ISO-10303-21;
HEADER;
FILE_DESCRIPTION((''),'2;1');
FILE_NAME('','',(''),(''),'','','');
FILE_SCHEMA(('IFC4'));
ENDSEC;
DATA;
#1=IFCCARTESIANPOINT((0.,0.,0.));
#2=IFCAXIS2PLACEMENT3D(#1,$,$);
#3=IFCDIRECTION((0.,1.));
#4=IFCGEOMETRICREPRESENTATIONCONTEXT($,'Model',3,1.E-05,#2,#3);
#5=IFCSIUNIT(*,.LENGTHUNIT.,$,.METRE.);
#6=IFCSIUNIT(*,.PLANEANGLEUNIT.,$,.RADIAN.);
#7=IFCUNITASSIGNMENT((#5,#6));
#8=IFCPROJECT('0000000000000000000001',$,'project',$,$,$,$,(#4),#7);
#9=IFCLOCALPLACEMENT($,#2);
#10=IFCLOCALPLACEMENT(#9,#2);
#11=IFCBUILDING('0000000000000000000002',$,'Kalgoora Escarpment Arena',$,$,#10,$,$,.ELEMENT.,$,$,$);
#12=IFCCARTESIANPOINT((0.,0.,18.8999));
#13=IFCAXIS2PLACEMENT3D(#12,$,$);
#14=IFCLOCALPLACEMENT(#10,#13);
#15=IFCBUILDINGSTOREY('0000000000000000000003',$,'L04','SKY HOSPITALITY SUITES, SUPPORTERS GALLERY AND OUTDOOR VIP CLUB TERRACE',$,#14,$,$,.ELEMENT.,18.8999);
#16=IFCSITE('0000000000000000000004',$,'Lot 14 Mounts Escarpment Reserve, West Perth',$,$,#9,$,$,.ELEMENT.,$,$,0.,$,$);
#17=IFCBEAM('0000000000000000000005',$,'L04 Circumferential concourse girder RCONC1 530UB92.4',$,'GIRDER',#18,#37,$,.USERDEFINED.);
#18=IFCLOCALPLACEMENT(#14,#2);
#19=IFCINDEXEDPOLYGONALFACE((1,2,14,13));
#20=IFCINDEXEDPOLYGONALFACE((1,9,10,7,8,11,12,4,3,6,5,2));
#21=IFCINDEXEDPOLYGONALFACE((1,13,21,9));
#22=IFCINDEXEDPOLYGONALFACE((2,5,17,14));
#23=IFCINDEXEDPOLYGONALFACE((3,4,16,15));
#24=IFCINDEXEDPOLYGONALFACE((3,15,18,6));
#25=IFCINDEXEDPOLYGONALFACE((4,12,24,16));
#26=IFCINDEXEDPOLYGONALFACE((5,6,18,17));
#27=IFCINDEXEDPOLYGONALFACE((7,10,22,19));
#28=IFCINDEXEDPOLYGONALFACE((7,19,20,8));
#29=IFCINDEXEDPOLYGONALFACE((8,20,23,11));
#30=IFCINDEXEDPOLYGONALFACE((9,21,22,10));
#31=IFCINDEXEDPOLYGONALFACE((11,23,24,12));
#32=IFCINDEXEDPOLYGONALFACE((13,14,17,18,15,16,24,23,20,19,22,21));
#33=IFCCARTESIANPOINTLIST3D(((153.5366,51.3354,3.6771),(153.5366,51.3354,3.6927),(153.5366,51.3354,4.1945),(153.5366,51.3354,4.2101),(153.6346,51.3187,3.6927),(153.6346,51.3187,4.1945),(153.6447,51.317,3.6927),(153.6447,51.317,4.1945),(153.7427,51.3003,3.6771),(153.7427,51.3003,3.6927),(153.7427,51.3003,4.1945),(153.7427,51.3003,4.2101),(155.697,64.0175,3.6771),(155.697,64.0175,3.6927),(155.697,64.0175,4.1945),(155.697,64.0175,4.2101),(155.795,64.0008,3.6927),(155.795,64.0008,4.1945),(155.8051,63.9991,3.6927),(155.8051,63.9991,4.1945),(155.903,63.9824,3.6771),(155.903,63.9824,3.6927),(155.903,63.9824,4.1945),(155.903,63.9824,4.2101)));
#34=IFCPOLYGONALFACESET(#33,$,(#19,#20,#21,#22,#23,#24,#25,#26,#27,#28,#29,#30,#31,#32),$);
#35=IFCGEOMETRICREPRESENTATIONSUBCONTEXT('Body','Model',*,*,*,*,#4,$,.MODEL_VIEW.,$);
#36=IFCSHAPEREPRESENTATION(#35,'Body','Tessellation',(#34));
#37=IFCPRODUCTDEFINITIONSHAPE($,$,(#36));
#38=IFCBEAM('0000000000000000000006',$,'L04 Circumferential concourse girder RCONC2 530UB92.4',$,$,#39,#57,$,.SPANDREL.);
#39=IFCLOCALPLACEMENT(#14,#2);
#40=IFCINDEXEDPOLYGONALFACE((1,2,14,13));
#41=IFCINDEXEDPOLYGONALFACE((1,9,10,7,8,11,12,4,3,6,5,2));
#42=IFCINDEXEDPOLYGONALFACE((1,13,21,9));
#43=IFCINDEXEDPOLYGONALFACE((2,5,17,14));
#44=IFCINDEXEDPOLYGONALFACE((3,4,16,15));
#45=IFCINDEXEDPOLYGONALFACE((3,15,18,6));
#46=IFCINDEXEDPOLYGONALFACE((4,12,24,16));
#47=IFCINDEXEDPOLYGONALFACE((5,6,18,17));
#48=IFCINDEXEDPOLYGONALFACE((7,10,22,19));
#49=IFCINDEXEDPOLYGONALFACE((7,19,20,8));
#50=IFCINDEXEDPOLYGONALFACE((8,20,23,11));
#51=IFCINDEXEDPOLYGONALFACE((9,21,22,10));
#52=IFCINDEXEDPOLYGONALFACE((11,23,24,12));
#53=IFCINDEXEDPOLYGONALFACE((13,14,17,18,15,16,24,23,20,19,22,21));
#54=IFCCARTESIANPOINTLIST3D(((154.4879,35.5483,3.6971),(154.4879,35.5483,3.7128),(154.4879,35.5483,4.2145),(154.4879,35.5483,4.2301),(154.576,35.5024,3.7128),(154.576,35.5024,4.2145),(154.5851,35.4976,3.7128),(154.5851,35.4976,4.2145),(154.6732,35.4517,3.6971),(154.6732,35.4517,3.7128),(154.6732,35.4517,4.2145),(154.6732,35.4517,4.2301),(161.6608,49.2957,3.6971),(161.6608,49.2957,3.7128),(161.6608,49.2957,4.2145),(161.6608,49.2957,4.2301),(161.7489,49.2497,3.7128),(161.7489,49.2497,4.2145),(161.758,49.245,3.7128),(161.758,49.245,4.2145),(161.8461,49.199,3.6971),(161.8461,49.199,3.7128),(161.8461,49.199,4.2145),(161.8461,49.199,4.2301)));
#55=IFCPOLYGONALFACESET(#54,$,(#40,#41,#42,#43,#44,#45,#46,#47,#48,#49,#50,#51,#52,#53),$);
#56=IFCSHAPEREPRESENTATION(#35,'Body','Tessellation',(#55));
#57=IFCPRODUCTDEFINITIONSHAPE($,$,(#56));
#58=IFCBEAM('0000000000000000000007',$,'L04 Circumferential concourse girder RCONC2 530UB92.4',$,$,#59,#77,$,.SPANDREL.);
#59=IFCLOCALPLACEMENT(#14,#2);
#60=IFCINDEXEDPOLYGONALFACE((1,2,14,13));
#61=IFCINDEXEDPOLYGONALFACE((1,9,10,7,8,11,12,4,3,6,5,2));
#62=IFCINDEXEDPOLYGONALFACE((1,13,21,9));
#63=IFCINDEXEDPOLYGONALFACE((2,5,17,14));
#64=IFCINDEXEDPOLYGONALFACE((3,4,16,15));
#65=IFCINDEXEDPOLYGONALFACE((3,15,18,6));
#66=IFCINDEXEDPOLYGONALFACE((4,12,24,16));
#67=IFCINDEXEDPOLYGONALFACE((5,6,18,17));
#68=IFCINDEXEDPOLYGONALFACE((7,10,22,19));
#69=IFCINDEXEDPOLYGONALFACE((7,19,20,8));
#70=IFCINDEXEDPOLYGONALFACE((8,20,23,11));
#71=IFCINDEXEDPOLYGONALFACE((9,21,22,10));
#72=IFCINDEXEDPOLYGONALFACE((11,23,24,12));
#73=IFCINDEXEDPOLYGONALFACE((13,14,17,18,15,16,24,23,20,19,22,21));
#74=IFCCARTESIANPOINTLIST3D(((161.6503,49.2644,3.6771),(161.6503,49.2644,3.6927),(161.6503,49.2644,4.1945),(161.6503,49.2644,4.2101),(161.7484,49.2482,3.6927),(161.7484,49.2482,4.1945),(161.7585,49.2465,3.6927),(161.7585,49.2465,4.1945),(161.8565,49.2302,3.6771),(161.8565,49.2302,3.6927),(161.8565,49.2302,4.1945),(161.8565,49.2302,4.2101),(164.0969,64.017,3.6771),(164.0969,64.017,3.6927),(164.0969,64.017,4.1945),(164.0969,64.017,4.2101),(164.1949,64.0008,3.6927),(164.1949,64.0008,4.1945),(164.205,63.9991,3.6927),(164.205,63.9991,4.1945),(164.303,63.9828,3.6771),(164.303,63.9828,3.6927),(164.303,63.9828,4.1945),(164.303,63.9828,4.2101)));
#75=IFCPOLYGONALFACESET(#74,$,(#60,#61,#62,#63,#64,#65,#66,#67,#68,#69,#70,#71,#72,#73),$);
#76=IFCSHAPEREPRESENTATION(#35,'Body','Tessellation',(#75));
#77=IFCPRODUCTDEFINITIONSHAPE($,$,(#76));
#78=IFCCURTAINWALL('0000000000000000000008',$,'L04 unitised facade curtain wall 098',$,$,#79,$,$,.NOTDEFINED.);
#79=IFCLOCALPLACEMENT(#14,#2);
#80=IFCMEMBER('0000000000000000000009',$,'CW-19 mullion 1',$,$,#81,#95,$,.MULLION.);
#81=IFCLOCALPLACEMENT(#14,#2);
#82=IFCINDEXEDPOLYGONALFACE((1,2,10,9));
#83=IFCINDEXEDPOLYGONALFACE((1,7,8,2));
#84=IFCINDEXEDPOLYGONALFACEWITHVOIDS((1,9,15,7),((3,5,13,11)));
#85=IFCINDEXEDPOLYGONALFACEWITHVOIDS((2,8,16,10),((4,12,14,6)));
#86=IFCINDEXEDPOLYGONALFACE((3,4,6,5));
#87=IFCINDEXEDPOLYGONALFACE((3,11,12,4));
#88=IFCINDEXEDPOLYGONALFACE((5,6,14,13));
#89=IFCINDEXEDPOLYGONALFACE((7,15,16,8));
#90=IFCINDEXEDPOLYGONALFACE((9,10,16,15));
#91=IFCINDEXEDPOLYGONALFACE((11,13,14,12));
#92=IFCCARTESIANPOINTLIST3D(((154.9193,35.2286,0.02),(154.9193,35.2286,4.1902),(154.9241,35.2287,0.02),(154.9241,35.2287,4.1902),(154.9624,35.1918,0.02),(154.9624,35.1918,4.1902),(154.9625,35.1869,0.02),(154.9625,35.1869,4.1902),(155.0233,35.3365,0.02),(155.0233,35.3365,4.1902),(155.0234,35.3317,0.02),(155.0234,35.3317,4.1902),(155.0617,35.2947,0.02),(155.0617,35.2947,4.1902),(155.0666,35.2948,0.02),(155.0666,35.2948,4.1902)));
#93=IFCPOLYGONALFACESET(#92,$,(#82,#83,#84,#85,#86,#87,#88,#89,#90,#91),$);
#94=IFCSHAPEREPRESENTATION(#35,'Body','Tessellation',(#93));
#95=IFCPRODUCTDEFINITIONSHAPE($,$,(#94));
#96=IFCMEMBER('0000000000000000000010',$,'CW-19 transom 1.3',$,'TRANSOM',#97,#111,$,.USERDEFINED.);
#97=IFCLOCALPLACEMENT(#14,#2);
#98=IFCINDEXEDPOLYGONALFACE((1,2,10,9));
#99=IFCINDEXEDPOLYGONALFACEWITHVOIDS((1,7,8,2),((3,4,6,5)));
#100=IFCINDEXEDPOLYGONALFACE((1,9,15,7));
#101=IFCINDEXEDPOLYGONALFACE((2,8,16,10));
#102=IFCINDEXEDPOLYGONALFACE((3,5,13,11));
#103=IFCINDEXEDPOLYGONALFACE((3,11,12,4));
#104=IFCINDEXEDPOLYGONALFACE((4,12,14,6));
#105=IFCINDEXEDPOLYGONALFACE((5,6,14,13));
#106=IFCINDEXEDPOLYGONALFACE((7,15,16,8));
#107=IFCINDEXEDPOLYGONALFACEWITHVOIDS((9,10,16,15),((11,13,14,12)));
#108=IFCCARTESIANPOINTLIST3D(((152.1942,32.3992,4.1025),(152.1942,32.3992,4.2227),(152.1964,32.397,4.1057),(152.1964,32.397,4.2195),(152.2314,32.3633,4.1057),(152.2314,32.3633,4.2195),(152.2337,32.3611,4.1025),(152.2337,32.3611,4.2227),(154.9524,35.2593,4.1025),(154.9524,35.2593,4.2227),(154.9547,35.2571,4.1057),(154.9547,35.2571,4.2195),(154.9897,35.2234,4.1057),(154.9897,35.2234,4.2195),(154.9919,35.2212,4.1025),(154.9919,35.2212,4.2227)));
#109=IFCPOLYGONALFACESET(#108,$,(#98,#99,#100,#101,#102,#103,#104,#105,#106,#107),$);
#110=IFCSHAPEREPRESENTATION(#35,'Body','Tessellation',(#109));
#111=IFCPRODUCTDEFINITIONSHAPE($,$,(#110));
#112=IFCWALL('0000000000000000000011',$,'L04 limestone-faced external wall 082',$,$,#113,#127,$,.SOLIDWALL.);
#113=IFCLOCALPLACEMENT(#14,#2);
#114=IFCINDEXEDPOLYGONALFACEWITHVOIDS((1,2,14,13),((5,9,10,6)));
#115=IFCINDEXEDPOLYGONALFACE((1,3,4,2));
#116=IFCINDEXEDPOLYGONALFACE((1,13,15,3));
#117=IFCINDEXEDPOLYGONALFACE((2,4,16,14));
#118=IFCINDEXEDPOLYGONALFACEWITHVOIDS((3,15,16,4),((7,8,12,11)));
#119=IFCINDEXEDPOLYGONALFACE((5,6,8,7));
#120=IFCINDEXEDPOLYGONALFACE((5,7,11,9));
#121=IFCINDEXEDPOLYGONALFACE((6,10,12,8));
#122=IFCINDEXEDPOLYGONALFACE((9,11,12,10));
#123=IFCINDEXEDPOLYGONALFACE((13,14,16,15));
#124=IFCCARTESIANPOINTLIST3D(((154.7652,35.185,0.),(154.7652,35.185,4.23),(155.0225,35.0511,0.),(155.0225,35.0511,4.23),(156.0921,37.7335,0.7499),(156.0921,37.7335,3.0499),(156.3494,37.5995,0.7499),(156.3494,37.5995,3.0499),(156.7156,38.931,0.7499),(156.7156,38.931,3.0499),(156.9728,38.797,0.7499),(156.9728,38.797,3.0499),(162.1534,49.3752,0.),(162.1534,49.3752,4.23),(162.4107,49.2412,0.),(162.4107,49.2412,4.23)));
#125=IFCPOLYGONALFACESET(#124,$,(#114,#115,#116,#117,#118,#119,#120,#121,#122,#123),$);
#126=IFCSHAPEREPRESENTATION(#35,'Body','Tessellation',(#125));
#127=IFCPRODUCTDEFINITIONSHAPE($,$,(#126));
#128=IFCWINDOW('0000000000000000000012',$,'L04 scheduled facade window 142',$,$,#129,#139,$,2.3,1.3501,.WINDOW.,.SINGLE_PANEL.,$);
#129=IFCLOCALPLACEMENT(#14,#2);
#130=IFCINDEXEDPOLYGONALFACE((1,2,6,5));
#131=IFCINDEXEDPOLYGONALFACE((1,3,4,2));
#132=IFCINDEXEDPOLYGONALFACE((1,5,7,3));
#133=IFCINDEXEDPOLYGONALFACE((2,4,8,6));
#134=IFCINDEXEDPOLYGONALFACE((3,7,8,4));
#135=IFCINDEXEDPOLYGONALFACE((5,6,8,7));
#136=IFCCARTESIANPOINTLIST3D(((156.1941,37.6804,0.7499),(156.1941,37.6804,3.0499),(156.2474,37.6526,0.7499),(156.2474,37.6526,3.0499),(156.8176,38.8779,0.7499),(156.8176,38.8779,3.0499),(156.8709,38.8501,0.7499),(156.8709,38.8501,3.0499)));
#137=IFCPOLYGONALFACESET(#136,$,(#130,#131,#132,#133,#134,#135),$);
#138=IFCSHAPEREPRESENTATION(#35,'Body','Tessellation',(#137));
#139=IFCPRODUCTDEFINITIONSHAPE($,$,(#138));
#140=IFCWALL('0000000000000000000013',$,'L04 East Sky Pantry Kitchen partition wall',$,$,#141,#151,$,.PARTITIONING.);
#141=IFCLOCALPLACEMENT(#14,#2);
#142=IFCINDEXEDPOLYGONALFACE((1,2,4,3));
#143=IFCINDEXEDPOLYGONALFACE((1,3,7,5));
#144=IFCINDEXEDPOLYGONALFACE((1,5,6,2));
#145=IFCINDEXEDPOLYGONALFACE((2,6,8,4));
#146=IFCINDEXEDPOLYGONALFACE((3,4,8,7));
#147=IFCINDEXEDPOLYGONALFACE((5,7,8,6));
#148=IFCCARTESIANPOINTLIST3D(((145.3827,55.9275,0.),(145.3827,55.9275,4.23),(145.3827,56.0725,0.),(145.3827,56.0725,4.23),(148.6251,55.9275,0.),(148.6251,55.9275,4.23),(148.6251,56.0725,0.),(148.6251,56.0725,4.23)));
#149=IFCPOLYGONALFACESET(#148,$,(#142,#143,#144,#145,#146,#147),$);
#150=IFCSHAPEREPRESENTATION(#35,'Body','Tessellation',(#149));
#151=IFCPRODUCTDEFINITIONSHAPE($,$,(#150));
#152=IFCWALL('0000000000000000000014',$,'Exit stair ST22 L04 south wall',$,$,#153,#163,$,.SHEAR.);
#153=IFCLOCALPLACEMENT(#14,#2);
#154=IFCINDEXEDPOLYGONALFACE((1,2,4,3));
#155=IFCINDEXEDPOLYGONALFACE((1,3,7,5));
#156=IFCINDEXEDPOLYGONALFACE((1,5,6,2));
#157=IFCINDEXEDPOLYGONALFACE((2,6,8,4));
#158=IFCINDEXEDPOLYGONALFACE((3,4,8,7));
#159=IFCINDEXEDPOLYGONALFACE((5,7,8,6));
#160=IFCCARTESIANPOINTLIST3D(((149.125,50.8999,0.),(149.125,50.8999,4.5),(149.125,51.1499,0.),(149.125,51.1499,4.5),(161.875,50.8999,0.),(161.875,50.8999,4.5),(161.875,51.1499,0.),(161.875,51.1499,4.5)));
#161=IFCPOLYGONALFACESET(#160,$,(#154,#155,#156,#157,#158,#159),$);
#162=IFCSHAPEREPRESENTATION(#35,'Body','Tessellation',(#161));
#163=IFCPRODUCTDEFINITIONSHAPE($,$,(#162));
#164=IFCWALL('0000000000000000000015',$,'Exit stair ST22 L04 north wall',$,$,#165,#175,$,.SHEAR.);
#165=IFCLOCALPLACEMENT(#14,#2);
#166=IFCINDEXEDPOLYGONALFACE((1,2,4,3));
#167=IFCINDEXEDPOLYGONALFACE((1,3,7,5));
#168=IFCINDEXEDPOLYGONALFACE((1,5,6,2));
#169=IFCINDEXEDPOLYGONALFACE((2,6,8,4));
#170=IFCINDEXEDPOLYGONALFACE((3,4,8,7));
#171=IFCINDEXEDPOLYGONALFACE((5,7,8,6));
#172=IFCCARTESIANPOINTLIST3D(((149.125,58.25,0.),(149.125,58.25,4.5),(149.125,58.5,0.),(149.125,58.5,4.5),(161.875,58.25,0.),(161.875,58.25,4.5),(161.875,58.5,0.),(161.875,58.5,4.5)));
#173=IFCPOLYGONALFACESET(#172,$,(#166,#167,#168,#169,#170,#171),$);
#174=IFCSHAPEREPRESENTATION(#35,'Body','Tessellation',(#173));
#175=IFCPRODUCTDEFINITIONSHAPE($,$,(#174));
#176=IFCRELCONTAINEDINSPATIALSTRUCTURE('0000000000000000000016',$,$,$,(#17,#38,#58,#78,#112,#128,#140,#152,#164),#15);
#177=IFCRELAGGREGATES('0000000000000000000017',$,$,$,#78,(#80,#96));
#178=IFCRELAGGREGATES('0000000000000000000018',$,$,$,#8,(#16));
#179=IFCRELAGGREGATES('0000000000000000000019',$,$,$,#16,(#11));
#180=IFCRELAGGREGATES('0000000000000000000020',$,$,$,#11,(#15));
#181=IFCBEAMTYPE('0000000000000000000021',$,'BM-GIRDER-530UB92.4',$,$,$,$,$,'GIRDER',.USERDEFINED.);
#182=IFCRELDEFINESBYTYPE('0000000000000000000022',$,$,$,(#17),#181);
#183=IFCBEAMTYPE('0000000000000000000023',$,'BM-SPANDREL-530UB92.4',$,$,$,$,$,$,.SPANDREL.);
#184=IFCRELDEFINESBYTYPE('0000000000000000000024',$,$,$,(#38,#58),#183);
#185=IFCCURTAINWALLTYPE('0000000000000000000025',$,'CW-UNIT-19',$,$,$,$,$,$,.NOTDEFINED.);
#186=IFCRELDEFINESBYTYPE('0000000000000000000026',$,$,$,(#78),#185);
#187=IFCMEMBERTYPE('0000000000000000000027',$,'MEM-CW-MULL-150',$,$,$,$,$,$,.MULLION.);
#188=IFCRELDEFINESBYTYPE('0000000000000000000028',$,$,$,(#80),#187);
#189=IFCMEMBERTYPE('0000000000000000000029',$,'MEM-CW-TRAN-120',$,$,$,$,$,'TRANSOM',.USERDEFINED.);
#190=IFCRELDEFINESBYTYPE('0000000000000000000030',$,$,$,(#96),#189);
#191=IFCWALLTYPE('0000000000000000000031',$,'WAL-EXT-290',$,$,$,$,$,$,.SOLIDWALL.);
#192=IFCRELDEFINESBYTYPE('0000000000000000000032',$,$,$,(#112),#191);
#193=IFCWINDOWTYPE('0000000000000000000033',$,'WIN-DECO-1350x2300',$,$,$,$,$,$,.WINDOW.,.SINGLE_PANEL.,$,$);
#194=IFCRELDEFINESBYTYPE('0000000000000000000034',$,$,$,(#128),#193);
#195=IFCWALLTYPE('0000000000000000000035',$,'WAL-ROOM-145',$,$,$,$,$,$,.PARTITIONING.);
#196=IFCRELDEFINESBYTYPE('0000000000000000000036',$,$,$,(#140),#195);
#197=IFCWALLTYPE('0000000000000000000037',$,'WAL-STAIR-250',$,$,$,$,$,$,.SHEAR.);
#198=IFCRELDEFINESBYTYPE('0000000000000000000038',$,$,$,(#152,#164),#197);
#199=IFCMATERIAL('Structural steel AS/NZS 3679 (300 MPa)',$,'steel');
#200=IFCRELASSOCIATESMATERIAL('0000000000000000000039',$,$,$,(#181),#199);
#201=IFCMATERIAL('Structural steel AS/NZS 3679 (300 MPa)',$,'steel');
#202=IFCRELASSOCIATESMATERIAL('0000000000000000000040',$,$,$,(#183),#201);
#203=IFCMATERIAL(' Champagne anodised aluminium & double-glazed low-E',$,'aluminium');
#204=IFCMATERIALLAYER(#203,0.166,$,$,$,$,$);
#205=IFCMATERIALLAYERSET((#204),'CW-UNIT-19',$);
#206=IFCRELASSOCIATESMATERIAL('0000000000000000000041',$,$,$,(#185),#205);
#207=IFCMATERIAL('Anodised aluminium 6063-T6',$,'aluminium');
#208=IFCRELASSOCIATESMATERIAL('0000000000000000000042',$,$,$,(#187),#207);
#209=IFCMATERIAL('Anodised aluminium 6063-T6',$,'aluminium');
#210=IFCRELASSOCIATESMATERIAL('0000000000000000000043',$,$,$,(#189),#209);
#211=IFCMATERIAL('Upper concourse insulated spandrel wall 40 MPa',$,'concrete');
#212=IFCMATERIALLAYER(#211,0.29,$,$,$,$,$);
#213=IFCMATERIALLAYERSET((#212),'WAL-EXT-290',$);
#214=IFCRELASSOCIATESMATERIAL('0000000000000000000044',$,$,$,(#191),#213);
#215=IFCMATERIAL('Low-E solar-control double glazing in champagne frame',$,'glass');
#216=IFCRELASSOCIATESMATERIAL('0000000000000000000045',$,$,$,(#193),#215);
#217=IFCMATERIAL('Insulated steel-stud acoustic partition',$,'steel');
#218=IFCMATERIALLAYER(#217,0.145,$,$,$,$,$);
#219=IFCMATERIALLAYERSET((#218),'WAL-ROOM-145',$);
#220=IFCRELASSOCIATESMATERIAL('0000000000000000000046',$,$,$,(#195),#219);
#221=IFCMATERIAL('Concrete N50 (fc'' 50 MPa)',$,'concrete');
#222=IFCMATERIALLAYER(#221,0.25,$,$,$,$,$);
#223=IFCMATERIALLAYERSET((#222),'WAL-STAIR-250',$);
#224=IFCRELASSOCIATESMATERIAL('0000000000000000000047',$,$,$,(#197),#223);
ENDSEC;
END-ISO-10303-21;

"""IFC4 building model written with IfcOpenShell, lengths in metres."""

from ifc_helpers import new_model, si_unit, direction, frame, frame_2d, origin, origin_2d, place, context, subcontext, project, spatial, rectangle, hollow_rectangle, i_section, extrude, material, layer, layer_set, material_profile, profile_set, type_object, element, fill, aggregate, save


model = new_model("IFC4")

# Units and contexts
model_context = context("Model", 3, precision=1e-05, world=origin(), true_north=direction((0.0, 1.0)))
body_context = subcontext(model_context, "Body", "Model", "MODEL_VIEW")
ifc_project = project(units=[si_unit("LENGTHUNIT", "METRE"), si_unit("PLANEANGLEUNIT", "RADIAN")], contexts=[model_context])

# Site, building, storey
site_placement = place(None, origin())
site = spatial("IfcSite", under=ifc_project, at=site_placement, Name="Lot 14 Mounts Escarpment Reserve, West Perth", CompositionType="ELEMENT", RefElevation=0.0)
building_placement = place(site_placement, origin())
building = spatial("IfcBuilding", under=site, at=building_placement, Name="Kalgoora Escarpment Arena", CompositionType="ELEMENT")
storey_placement = place(building_placement, frame((0.0, 0.0, 18.8999)))
storey = spatial("IfcBuildingStorey", under=building, at=storey_placement, Name="L04", Description="SKY HOSPITALITY SUITES, SUPPORTERS GALLERY AND OUTDOOR VIP CLUB TERRACE", CompositionType="ELEMENT", Elevation=18.8999)

# Beams
ifc_material_1 = material(Name="Structural steel AS/NZS 3679 (300 MPa)", Category="steel")
ifc_material_profile_1 = material_profile(ifc_material_1, i_section(OverallWidth=0.209, OverallDepth=0.533, WebThickness=0.0103, FlangeThickness=0.0156, at=origin_2d()))
ifc_profile_set_1 = profile_set([ifc_material_profile_1], Name="Structural steel AS/NZS 3679 (300 MPa)")
beam_type_1 = type_object("IfcBeamType", Name="BM-GIRDER-530UB92.4", ElementType="GIRDER", PredefinedType="USERDEFINED", material=ifc_profile_set_1)
beam_1_placement = place(storey_placement, frame((153.6396, 51.3179, 3.9436), z_axis=(0.167931, 0.985799, 0.0), x_axis=(-0.985799, 0.167931, 0.0)))
element("IfcBeam", 1, at=beam_1_placement, inside=storey, type_object=beam_type_1, Name="L04 Circumferential concourse girder RCONC1 530UB92.4", ObjectType="GIRDER", PredefinedType="USERDEFINED", context=body_context, shape_type="SweptSolid", body=[
    extrude(i_section(OverallWidth=0.209, OverallDepth=0.533, WebThickness=0.0103, FlangeThickness=0.0156, at=origin_2d()), origin(), (0.0, 0.0, 1.0), 12.8647),
])
ifc_material_2 = material(Name="Structural steel AS/NZS 3679 (300 MPa)", Category="steel")
ifc_material_profile_2 = material_profile(ifc_material_2, i_section(OverallWidth=0.209, OverallDepth=0.533, WebThickness=0.0103, FlangeThickness=0.0156, at=origin_2d()))
ifc_profile_set_2 = profile_set([ifc_material_profile_2], Name="Structural steel AS/NZS 3679 (300 MPa)")
beam_type_2 = type_object("IfcBeamType", Name="BM-SPANDREL-530UB92.4", PredefinedType="SPANDREL", material=ifc_profile_set_2)
beam_2_placement = place(storey_placement, frame((154.5806, 35.5, 3.9636), z_axis=(0.462583, 0.886576, 0.0), x_axis=(-0.886576, 0.462583, 0.0)))
element("IfcBeam", 2, at=beam_2_placement, inside=storey, type_object=beam_type_2, Name="L04 Circumferential concourse girder RCONC2 530UB92.4", PredefinedType="SPANDREL", context=body_context, shape_type="SweptSolid", body=[
    extrude(i_section(OverallWidth=0.209, OverallDepth=0.533, WebThickness=0.0103, FlangeThickness=0.0156, at=origin_2d()), origin(), (0.0, 0.0, 1.0), 15.5061),
])
beam_3_placement = place(storey_placement, frame((161.7534, 49.2473, 3.9436), z_axis=(0.163602, 0.986526, 0.0), x_axis=(-0.986526, 0.163602, 0.0)))
element("IfcBeam", 3, at=beam_3_placement, inside=storey, type_object=beam_type_2, Name="L04 Circumferential concourse girder RCONC2 530UB92.4", PredefinedType="SPANDREL", context=body_context, shape_type="SweptSolid", body=[
    extrude(i_section(OverallWidth=0.209, OverallDepth=0.533, WebThickness=0.0103, FlangeThickness=0.0156, at=origin_2d()), origin(), (0.0, 0.0, 1.0), 14.9541),
])

# Curtain wall, members
ifc_material_3 = material(Name=" Champagne anodised aluminium & double-glazed low-E", Category="aluminium")
ifc_layer_1 = layer(ifc_material_3, 0.166)
ifc_layer_set_1 = layer_set([ifc_layer_1], Name="CW-UNIT-19")
curtain_wall_type = type_object("IfcCurtainWallType", Name="CW-UNIT-19", PredefinedType="NOTDEFINED", material=ifc_layer_set_1)
curtain_wall_placement = place(storey_placement, origin())
curtain_wall = element("IfcCurtainWall", 4, at=curtain_wall_placement, inside=storey, type_object=curtain_wall_type, Name="L04 unitised facade curtain wall 098", PredefinedType="NOTDEFINED")
ifc_material_4 = material(Name="Anodised aluminium 6063-T6", Category="aluminium")
ifc_material_profile_3 = material_profile(ifc_material_4, hollow_rectangle(XDim=0.0601, YDim=0.1499, WallThickness=0.0034, at=origin_2d()))
ifc_profile_set_3 = profile_set([ifc_material_profile_3], Name="Anodised aluminium 6063-T6")
member_type_1 = type_object("IfcMemberType", Name="MEM-CW-MULL-150", PredefinedType="MULLION", material=ifc_profile_set_3)
member_1_placement = place(storey_placement, frame((154.9929, 35.2617, 0.02), z_axis=(0.0, 0.0, 1.0), x_axis=(0.71978, -0.694202, 0.0)))
member_1 = element("IfcMember", 5, at=member_1_placement, type_object=member_type_1, Name="CW-19 mullion 1", PredefinedType="MULLION", context=body_context, shape_type="SweptSolid", body=[
    extrude(hollow_rectangle(XDim=0.0601, YDim=0.1499, WallThickness=0.0034, at=origin_2d()), origin(), (0.0, 0.0, 1.0), 4.1702),
])
ifc_material_5 = material(Name="Anodised aluminium 6063-T6", Category="aluminium")
ifc_material_profile_4 = material_profile(ifc_material_5, hollow_rectangle(XDim=0.0549, YDim=0.1201, WallThickness=0.0032, at=origin_2d()))
ifc_profile_set_4 = profile_set([ifc_material_profile_4], Name="Anodised aluminium 6063-T6")
member_type_2 = type_object("IfcMemberType", Name="MEM-CW-TRAN-120", ElementType="TRANSOM", PredefinedType="USERDEFINED", material=ifc_profile_set_4)
member_2_placement = place(storey_placement, frame((154.9722, 35.2402, 4.1626), z_axis=(-0.69418, -0.719802, 0.0), x_axis=(0.719802, -0.69418, 0.0)))
member_2 = element("IfcMember", 6, at=member_2_placement, type_object=member_type_2, Name="CW-19 transom 1.3", ObjectType="TRANSOM", PredefinedType="USERDEFINED", context=body_context, shape_type="SweptSolid", body=[
    extrude(hollow_rectangle(XDim=0.0549, YDim=0.1201, WallThickness=0.0032, at=origin_2d()), origin(), (0.0, 0.0, 1.0), 3.9734),
])
aggregate(curtain_wall, [member_1, member_2])

# Wall, opening, window
ifc_material_6 = material(Name="Upper concourse insulated spandrel wall 40 MPa", Category="concrete")
ifc_layer_2 = layer(ifc_material_6, 0.29)
ifc_layer_set_2 = layer_set([ifc_layer_2], Name="WAL-EXT-290")
wall_type_1 = type_object("IfcWallType", Name="WAL-EXT-290", PredefinedType="SOLIDWALL", material=ifc_layer_set_2)
wall_1_placement = place(storey_placement, frame((162.282, 49.3081, 0.0), z_axis=(0.0, 0.0, 1.0), x_axis=(-0.46181, -0.886979, 0.0)))
wall_1 = element("IfcWall", 7, at=wall_1_placement, inside=storey, type_object=wall_type_1, Name="L04 limestone-faced external wall 082", PredefinedType="SOLIDWALL", context=body_context, shape_type="SweptSolid", body=[
    extrude(rectangle(XDim=15.9983, YDim=0.29, at=frame_2d((7.999, 0.0))), origin(), (0.0, 0.0, 1.0), 4.23),
])
opening_1_placement = place(wall_1_placement, frame((11.7749, 0.0, 0.75)))
opening_1 = element("IfcOpeningElement", 8, at=opening_1_placement, cuts=wall_1, PredefinedType="OPENING", context=body_context, shape_type="SweptSolid", body=[
    extrude(rectangle(XDim=1.3501, YDim=2.3, at=frame_2d((0.675, 1.1499))), frame((0.0, 0.155, 0.0), z_axis=(0.0, -1.0, 0.0), x_axis=(1.0, 0.0, 0.0)), (0.0, 0.0, 1.0), 0.3101),
])
ifc_material_7 = material(Name="Low-E solar-control double glazing in champagne frame", Category="glass")
window_type = type_object("IfcWindowType", Name="WIN-DECO-1350x2300", PartitioningType="SINGLE_PANEL", PredefinedType="WINDOW", material=ifc_material_7)
window_placement = place(opening_1_placement, origin())
window = element("IfcWindow", 9, at=window_placement, inside=storey, type_object=window_type, Name="L04 scheduled facade window 142", OverallHeight=2.3, OverallWidth=1.3501, PartitioningType="SINGLE_PANEL", PredefinedType="WINDOW", context=body_context, shape_type="SweptSolid", body=[
    extrude(rectangle(XDim=1.3501, YDim=2.3, at=frame_2d((0.675, 1.1499))), frame((0.0, 0.03, 0.0), z_axis=(0.0, -1.0, 0.0), x_axis=(1.0, 0.0, 0.0)), (0.0, 0.0, 1.0), 0.0601),
])
fill(opening_1, window)

# Walls
ifc_material_8 = material(Name="Insulated steel-stud acoustic partition", Category="steel")
ifc_layer_3 = layer(ifc_material_8, 0.145)
ifc_layer_set_3 = layer_set([ifc_layer_3], Name="WAL-ROOM-145")
wall_type_2 = type_object("IfcWallType", Name="WAL-ROOM-145", PredefinedType="PARTITIONING", material=ifc_layer_set_3)
wall_2_placement = place(storey_placement, frame((148.625, 56.0, 0.0), z_axis=(0.0, 0.0, 1.0), x_axis=(-1.0, 0.0, 0.0)))
element("IfcWall", 10, at=wall_2_placement, inside=storey, type_object=wall_type_2, Name="L04 East Sky Pantry Kitchen partition wall", PredefinedType="PARTITIONING", context=body_context, shape_type="SweptSolid", body=[
    extrude(rectangle(XDim=3.2424, YDim=0.145, at=frame_2d((1.6211, 0.0))), origin(), (0.0, 0.0, 1.0), 4.23),
])
ifc_material_9 = material(Name="Concrete N50 (fc' 50 MPa)", Category="concrete")
ifc_layer_4 = layer(ifc_material_9, 0.25)
ifc_layer_set_4 = layer_set([ifc_layer_4], Name="WAL-STAIR-250")
wall_type_3 = type_object("IfcWallType", Name="WAL-STAIR-250", PredefinedType="SHEAR", material=ifc_layer_set_4)
for number, where, z_axis, x_axis, name in (
    (11, (149.125, 51.0249, 0.0), (0.0, 0.0, 1.0), (1.0, 0.0, 0.0), "Exit stair ST22 L04 south wall"),
    (12, (149.125, 58.375, 0.0), (0.0, 0.0, 1.0), (1.0, 0.0, 0.0), "Exit stair ST22 L04 north wall"),
):
    element("IfcWall", number, at=place(storey_placement, frame(where, z_axis=z_axis, x_axis=x_axis)), inside=storey, type_object=wall_type_3, Name=name, PredefinedType="SHEAR", context=body_context, shape_type="SweptSolid", body=[
        extrude(rectangle(XDim=12.75, YDim=0.25, at=frame_2d((6.375, 0.0))), origin(), (0.0, 0.0, 1.0), 4.5),
    ])

save(model, "model.ifc")
